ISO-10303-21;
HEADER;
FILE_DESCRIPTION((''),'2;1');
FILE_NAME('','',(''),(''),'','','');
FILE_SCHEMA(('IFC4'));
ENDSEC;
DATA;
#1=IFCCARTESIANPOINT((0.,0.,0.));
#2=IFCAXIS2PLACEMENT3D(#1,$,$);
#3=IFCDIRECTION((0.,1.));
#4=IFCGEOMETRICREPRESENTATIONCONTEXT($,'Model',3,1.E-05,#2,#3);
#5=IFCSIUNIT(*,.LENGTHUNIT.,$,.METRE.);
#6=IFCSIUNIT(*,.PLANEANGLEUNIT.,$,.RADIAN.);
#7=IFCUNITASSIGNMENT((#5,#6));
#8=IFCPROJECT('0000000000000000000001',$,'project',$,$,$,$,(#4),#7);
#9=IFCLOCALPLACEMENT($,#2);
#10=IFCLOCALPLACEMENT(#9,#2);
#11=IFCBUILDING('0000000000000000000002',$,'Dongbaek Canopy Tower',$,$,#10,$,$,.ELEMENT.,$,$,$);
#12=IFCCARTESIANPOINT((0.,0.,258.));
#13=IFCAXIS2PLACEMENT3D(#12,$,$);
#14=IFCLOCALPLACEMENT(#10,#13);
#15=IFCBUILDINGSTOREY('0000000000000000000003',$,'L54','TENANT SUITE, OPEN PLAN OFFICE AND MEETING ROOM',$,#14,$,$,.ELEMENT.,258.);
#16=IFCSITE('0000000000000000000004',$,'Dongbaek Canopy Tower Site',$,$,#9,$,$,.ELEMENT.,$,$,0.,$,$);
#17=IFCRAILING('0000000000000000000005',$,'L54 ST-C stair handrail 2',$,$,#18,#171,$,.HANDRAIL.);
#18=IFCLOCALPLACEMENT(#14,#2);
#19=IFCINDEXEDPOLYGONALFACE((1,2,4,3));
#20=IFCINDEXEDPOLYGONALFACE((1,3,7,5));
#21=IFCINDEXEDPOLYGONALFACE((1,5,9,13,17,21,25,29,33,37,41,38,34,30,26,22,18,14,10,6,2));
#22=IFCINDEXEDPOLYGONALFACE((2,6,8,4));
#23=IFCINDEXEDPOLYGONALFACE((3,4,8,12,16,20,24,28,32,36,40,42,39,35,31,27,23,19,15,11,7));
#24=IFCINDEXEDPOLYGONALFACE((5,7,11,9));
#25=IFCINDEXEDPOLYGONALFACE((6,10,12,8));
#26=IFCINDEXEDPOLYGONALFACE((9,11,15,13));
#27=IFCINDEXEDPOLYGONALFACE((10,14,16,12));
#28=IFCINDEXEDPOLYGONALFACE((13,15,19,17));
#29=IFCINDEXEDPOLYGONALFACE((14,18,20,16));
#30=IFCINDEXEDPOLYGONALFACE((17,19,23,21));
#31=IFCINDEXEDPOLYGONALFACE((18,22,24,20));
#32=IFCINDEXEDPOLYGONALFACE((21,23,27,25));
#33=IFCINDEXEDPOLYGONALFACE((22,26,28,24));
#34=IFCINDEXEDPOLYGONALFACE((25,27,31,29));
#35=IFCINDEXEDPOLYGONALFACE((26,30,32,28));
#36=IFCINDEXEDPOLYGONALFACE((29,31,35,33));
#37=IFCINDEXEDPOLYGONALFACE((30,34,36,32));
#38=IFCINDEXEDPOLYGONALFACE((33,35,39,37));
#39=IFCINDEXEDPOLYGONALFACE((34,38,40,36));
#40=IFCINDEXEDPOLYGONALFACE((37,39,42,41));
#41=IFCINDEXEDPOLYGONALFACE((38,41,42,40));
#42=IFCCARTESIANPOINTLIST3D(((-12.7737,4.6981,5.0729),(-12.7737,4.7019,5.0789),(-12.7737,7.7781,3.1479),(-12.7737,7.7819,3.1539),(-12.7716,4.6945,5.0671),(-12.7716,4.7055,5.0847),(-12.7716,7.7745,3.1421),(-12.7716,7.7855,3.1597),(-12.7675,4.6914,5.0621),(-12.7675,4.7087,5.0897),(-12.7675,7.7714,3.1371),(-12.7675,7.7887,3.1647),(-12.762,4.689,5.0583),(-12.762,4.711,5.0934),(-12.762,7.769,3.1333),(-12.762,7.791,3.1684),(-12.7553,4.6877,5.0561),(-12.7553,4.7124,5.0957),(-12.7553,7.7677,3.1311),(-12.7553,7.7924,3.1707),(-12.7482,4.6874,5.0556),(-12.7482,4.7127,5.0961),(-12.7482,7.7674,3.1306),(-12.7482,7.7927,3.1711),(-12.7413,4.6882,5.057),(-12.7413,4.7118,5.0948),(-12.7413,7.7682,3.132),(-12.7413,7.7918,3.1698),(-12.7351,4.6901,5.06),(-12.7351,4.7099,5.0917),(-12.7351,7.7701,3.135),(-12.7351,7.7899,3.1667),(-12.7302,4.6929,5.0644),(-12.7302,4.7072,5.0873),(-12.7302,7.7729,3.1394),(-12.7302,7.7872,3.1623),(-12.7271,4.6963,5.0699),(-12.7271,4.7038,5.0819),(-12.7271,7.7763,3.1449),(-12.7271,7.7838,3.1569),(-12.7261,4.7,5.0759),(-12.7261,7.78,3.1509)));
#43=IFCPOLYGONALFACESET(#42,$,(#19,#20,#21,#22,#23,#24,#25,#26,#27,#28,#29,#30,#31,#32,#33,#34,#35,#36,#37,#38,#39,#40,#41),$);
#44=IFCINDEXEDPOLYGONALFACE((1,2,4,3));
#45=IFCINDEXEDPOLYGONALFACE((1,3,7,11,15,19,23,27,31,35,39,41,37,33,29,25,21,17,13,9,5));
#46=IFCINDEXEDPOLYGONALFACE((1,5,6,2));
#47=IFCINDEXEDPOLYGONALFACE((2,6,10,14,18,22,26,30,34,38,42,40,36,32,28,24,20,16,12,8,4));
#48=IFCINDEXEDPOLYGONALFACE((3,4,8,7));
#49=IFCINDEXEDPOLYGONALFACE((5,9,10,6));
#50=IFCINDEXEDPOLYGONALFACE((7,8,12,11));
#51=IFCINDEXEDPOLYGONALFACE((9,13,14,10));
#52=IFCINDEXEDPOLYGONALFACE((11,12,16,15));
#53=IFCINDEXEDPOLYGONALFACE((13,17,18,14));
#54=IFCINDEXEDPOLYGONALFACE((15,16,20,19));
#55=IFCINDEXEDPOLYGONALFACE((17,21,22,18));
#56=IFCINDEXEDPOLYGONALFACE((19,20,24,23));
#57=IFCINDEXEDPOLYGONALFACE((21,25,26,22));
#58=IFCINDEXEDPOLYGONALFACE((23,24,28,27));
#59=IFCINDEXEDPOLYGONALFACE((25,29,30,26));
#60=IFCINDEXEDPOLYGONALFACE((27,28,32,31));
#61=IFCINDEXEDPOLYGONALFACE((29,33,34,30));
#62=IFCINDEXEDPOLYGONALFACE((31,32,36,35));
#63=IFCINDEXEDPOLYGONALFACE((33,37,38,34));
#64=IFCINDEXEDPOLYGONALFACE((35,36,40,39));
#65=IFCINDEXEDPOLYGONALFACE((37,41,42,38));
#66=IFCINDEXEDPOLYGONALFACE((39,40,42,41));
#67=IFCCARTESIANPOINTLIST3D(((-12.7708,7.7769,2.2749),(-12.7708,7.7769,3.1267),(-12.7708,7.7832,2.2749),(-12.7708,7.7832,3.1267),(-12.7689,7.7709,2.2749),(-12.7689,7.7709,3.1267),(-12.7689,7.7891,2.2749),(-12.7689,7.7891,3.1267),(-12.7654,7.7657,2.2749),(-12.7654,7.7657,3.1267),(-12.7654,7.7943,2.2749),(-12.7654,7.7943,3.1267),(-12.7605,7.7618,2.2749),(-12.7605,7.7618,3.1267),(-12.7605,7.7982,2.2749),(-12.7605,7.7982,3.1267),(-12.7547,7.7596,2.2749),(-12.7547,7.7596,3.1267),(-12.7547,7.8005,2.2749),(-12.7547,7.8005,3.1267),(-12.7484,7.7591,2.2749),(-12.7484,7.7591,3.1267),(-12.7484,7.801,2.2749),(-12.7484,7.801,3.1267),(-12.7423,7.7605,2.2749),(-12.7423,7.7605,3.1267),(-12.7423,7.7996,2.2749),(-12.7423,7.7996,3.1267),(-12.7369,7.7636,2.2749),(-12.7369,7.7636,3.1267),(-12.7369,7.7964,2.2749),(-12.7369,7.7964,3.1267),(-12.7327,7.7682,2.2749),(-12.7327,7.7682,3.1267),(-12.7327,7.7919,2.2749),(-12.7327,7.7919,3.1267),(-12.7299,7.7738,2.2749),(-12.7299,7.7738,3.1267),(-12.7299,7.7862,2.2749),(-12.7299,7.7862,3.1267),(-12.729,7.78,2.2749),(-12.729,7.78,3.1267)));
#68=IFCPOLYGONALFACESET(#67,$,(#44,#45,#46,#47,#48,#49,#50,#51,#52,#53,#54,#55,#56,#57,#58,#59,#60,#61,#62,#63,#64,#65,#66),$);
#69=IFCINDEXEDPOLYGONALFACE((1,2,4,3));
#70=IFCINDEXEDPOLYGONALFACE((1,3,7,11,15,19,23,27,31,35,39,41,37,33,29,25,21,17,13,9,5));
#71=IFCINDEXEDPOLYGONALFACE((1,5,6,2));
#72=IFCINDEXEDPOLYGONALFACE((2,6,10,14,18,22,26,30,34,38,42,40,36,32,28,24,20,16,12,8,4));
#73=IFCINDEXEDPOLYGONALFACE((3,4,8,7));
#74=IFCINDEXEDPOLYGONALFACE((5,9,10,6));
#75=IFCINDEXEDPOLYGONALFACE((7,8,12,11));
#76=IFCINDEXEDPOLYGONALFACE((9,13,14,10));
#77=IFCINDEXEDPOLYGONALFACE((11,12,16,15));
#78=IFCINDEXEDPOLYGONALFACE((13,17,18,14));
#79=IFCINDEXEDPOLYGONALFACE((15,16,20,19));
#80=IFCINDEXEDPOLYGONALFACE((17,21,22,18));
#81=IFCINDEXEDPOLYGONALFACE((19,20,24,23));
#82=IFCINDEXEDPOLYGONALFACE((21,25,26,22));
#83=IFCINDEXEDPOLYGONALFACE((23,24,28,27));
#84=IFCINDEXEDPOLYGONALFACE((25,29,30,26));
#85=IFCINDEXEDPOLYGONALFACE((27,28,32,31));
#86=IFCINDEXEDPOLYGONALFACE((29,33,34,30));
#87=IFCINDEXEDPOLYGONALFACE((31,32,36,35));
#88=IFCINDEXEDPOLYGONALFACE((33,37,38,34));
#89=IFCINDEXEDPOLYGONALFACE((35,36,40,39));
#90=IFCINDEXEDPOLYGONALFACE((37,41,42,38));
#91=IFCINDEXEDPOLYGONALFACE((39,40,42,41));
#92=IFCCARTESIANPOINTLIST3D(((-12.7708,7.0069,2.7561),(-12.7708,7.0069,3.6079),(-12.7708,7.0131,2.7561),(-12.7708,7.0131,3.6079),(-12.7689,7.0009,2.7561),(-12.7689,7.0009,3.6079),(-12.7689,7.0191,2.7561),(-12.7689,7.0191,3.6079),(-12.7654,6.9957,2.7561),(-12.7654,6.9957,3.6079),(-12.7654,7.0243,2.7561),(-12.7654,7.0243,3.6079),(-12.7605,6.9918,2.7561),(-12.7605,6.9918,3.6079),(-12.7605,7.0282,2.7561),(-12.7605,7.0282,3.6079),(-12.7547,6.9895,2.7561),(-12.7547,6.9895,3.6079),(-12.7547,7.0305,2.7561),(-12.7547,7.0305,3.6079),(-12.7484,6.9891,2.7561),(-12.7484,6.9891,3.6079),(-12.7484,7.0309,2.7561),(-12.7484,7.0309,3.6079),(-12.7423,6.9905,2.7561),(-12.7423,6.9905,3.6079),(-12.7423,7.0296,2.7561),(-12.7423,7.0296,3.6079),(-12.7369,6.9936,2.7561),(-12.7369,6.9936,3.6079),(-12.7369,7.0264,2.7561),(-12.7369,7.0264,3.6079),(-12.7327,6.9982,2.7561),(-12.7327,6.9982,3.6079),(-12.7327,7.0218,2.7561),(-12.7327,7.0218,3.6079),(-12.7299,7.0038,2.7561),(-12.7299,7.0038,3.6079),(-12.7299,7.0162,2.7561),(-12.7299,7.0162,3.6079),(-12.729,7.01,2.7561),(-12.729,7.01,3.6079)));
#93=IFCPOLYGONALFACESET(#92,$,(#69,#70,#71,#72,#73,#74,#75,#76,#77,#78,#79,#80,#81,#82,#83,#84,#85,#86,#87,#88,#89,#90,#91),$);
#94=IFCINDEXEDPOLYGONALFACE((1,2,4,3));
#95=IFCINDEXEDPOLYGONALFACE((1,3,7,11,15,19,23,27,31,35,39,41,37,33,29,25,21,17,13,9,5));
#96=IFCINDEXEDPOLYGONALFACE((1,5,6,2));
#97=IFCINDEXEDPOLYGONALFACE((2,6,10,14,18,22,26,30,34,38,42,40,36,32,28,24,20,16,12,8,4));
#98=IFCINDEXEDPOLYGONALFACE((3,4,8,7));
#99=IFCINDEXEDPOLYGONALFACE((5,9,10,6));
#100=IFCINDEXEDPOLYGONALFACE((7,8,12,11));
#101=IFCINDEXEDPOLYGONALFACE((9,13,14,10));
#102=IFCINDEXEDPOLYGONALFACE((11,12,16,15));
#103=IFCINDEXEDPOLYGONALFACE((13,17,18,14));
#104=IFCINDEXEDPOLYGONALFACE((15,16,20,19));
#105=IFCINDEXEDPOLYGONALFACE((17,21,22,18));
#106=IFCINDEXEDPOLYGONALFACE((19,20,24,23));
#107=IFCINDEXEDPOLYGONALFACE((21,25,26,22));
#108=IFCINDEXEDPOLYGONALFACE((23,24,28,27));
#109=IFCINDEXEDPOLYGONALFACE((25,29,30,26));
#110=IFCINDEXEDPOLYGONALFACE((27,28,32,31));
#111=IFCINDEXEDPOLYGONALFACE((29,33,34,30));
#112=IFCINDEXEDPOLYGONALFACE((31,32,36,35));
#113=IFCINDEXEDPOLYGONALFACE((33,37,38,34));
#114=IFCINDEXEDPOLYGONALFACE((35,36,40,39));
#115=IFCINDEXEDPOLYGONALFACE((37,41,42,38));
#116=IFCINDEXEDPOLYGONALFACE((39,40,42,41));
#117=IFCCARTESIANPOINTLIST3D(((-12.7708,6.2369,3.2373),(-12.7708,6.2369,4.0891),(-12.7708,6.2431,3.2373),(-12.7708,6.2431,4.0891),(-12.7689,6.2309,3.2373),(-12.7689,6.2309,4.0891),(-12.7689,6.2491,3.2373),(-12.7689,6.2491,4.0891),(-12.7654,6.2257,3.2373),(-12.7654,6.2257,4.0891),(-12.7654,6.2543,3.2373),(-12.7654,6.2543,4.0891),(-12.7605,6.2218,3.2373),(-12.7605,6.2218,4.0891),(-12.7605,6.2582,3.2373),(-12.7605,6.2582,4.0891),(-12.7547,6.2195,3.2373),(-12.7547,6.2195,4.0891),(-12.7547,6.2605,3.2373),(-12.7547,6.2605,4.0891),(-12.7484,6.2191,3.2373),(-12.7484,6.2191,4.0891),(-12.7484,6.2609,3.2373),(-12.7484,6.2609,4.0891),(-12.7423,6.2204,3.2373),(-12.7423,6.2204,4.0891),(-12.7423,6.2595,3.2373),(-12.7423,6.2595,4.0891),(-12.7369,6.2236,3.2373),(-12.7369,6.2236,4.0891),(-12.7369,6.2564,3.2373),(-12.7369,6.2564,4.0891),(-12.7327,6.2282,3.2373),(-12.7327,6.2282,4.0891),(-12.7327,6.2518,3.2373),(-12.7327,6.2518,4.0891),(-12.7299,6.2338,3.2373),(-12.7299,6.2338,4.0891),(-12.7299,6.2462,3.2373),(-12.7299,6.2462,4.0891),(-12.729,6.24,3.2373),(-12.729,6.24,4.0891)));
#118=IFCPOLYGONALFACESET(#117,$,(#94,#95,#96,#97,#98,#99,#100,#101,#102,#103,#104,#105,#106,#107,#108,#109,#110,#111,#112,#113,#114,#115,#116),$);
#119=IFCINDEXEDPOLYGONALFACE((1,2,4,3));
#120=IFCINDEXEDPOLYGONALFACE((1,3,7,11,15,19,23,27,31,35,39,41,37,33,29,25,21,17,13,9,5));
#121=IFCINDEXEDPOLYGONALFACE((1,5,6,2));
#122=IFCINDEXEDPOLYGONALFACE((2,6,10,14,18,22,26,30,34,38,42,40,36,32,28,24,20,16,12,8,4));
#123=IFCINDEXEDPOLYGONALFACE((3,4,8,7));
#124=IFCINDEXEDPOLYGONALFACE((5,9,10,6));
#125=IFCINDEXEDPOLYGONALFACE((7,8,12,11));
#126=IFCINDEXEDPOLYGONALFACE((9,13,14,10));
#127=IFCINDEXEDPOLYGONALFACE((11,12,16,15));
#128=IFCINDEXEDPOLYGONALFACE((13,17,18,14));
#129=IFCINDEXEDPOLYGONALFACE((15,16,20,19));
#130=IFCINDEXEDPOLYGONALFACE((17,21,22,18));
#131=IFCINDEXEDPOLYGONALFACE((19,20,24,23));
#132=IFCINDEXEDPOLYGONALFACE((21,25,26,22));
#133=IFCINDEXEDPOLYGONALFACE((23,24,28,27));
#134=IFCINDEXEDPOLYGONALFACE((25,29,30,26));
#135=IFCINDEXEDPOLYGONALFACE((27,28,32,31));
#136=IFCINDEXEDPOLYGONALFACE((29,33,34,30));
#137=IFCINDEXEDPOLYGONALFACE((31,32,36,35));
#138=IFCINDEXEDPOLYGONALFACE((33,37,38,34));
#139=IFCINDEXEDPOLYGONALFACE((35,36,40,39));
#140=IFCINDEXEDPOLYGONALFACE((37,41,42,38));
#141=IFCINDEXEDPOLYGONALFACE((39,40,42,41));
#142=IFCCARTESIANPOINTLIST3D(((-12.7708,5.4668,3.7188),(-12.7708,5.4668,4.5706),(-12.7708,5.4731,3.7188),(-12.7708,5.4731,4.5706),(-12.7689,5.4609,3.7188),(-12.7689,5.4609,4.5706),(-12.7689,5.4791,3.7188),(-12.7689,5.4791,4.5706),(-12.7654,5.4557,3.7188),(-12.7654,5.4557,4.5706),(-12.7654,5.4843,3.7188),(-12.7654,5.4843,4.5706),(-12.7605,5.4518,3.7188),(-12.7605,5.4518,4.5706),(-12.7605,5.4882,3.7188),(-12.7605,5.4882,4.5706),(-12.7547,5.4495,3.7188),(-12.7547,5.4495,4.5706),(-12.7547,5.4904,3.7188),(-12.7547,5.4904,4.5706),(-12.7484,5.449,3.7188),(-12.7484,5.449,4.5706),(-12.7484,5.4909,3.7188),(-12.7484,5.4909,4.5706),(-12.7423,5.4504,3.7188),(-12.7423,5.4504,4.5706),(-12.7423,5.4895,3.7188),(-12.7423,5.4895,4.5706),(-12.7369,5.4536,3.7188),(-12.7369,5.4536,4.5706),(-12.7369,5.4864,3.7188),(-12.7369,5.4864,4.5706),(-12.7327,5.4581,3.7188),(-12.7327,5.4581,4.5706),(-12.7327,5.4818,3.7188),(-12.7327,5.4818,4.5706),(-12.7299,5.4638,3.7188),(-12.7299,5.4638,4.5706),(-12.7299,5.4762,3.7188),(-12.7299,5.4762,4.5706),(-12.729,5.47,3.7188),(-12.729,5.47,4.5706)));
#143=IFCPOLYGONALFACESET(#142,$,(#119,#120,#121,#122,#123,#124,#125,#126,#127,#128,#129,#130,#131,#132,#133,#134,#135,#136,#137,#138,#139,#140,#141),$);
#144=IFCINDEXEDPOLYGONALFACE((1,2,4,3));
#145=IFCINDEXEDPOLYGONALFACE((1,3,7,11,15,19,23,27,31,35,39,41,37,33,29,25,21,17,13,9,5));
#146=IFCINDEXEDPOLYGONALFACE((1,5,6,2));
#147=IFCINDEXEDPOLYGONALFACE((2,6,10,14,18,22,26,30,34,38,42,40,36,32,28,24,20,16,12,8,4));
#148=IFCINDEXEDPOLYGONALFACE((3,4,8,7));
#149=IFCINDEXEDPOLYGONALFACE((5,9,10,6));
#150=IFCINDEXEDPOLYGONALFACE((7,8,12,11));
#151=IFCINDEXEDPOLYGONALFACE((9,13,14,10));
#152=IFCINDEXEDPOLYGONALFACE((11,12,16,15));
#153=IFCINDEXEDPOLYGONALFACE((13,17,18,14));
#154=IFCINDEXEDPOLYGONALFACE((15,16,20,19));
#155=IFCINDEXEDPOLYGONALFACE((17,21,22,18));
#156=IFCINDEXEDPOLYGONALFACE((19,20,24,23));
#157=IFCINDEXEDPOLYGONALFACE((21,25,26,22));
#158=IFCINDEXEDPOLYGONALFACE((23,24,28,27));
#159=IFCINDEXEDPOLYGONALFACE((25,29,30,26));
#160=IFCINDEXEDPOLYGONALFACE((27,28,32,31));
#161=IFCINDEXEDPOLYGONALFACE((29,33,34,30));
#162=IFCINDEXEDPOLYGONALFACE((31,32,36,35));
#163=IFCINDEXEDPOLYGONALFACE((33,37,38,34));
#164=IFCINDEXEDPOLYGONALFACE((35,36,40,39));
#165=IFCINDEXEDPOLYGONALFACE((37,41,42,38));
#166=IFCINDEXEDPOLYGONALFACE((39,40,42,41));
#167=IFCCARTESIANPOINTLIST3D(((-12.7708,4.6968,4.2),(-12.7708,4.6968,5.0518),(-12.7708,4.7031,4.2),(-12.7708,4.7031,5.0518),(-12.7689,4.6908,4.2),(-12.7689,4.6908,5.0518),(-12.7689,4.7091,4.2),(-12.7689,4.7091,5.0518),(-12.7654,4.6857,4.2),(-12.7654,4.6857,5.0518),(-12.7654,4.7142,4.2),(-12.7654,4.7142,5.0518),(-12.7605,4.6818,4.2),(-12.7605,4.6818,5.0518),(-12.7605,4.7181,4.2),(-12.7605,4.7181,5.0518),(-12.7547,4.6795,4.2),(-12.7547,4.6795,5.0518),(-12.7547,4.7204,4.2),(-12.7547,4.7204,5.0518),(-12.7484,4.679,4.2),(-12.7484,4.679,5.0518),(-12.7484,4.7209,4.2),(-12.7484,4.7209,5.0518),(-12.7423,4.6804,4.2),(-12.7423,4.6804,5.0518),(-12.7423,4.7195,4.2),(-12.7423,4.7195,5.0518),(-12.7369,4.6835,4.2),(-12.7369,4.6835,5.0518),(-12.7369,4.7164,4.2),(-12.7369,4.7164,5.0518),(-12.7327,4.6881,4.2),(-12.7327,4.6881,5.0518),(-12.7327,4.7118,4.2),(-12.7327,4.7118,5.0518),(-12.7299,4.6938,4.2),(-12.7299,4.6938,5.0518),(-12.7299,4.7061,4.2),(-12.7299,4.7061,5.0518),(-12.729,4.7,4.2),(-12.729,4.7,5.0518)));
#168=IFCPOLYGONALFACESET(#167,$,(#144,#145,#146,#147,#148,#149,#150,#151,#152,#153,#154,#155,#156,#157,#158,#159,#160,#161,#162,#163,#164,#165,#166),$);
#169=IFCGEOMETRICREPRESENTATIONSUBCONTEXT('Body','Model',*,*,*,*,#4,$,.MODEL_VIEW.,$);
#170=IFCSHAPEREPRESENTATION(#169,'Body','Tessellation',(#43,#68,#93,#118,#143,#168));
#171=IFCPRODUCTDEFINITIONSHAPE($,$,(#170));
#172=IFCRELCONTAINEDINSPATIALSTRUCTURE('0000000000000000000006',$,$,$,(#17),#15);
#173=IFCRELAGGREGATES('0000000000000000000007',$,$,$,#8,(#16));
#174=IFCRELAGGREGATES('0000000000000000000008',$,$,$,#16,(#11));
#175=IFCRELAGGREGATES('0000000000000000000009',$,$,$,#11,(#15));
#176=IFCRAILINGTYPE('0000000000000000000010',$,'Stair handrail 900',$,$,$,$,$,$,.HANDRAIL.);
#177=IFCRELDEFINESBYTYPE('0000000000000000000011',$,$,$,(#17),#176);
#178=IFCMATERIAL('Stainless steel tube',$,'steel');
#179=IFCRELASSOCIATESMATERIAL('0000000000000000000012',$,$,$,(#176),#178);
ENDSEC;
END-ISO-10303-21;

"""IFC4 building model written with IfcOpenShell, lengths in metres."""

from ifc_helpers import new_model, si_unit, direction, frame, origin, origin_2d, place, context, subcontext, project, spatial, circle, extrude, material, type_object, element, save


model = new_model("IFC4")

# Units and contexts
model_context = context("Model", 3, precision=1e-05, world=origin(), true_north=direction((0.0, 1.0)))
body_context = subcontext(model_context, "Body", "Model", "MODEL_VIEW")
ifc_project = project(units=[si_unit("LENGTHUNIT", "METRE"), si_unit("PLANEANGLEUNIT", "RADIAN")], contexts=[model_context])

# Site, building, storey
site_placement = place(None, origin())
site = spatial("IfcSite", under=ifc_project, at=site_placement, Name="Dongbaek Canopy Tower Site", CompositionType="ELEMENT", RefElevation=0.0)
building_placement = place(site_placement, origin())
building = spatial("IfcBuilding", under=site, at=building_placement, Name="Dongbaek Canopy Tower", CompositionType="ELEMENT")
storey_placement = place(building_placement, frame((0.0, 0.0, 258.0)))
storey = spatial("IfcBuildingStorey", under=building, at=storey_placement, Name="L54", Description="TENANT SUITE, OPEN PLAN OFFICE AND MEETING ROOM", CompositionType="ELEMENT", Elevation=258.0)

# Railing
ifc_material_1 = material(Name="Stainless steel tube", Category="steel")
railing_type_1 = type_object("IfcRailingType", Name="Stair handrail 900", PredefinedType="HANDRAIL", material=ifc_material_1)
railing_1_placement = place(storey_placement, frame((-12.75, 7.78, 2.2749)))
element("IfcRailing", 1, at=railing_1_placement, inside=storey, type_object=railing_type_1, Name="L54 ST-C stair handrail 2", PredefinedType="HANDRAIL", context=body_context, shape_type="SweptSolid", body=[
    extrude(circle(Radius=0.0239, at=origin_2d()), frame((0.0, 0.0, 0.876), z_axis=(0.0, -0.847998, 0.529999), x_axis=(1.0, 0.0, 0.0)), (0.0, 0.0, 1.0), 3.6321),
    extrude(circle(Radius=0.021, at=origin_2d()), origin(), (0.0, 0.0, 1.0), 0.8518),
    extrude(circle(Radius=0.021, at=origin_2d()), frame((0.0, -0.77, 0.4812)), (0.0, 0.0, 1.0), 0.8518),
    extrude(circle(Radius=0.021, at=origin_2d()), frame((0.0, -1.54, 0.9624)), (0.0, 0.0, 1.0), 0.8518),
    extrude(circle(Radius=0.021, at=origin_2d()), frame((0.0, -2.3101, 1.4438)), (0.0, 0.0, 1.0), 0.8518),
    extrude(circle(Radius=0.021, at=origin_2d()), frame((0.0, -3.0801, 1.925)), (0.0, 0.0, 1.0), 0.8518),
])

save(model, "model.ifc")
